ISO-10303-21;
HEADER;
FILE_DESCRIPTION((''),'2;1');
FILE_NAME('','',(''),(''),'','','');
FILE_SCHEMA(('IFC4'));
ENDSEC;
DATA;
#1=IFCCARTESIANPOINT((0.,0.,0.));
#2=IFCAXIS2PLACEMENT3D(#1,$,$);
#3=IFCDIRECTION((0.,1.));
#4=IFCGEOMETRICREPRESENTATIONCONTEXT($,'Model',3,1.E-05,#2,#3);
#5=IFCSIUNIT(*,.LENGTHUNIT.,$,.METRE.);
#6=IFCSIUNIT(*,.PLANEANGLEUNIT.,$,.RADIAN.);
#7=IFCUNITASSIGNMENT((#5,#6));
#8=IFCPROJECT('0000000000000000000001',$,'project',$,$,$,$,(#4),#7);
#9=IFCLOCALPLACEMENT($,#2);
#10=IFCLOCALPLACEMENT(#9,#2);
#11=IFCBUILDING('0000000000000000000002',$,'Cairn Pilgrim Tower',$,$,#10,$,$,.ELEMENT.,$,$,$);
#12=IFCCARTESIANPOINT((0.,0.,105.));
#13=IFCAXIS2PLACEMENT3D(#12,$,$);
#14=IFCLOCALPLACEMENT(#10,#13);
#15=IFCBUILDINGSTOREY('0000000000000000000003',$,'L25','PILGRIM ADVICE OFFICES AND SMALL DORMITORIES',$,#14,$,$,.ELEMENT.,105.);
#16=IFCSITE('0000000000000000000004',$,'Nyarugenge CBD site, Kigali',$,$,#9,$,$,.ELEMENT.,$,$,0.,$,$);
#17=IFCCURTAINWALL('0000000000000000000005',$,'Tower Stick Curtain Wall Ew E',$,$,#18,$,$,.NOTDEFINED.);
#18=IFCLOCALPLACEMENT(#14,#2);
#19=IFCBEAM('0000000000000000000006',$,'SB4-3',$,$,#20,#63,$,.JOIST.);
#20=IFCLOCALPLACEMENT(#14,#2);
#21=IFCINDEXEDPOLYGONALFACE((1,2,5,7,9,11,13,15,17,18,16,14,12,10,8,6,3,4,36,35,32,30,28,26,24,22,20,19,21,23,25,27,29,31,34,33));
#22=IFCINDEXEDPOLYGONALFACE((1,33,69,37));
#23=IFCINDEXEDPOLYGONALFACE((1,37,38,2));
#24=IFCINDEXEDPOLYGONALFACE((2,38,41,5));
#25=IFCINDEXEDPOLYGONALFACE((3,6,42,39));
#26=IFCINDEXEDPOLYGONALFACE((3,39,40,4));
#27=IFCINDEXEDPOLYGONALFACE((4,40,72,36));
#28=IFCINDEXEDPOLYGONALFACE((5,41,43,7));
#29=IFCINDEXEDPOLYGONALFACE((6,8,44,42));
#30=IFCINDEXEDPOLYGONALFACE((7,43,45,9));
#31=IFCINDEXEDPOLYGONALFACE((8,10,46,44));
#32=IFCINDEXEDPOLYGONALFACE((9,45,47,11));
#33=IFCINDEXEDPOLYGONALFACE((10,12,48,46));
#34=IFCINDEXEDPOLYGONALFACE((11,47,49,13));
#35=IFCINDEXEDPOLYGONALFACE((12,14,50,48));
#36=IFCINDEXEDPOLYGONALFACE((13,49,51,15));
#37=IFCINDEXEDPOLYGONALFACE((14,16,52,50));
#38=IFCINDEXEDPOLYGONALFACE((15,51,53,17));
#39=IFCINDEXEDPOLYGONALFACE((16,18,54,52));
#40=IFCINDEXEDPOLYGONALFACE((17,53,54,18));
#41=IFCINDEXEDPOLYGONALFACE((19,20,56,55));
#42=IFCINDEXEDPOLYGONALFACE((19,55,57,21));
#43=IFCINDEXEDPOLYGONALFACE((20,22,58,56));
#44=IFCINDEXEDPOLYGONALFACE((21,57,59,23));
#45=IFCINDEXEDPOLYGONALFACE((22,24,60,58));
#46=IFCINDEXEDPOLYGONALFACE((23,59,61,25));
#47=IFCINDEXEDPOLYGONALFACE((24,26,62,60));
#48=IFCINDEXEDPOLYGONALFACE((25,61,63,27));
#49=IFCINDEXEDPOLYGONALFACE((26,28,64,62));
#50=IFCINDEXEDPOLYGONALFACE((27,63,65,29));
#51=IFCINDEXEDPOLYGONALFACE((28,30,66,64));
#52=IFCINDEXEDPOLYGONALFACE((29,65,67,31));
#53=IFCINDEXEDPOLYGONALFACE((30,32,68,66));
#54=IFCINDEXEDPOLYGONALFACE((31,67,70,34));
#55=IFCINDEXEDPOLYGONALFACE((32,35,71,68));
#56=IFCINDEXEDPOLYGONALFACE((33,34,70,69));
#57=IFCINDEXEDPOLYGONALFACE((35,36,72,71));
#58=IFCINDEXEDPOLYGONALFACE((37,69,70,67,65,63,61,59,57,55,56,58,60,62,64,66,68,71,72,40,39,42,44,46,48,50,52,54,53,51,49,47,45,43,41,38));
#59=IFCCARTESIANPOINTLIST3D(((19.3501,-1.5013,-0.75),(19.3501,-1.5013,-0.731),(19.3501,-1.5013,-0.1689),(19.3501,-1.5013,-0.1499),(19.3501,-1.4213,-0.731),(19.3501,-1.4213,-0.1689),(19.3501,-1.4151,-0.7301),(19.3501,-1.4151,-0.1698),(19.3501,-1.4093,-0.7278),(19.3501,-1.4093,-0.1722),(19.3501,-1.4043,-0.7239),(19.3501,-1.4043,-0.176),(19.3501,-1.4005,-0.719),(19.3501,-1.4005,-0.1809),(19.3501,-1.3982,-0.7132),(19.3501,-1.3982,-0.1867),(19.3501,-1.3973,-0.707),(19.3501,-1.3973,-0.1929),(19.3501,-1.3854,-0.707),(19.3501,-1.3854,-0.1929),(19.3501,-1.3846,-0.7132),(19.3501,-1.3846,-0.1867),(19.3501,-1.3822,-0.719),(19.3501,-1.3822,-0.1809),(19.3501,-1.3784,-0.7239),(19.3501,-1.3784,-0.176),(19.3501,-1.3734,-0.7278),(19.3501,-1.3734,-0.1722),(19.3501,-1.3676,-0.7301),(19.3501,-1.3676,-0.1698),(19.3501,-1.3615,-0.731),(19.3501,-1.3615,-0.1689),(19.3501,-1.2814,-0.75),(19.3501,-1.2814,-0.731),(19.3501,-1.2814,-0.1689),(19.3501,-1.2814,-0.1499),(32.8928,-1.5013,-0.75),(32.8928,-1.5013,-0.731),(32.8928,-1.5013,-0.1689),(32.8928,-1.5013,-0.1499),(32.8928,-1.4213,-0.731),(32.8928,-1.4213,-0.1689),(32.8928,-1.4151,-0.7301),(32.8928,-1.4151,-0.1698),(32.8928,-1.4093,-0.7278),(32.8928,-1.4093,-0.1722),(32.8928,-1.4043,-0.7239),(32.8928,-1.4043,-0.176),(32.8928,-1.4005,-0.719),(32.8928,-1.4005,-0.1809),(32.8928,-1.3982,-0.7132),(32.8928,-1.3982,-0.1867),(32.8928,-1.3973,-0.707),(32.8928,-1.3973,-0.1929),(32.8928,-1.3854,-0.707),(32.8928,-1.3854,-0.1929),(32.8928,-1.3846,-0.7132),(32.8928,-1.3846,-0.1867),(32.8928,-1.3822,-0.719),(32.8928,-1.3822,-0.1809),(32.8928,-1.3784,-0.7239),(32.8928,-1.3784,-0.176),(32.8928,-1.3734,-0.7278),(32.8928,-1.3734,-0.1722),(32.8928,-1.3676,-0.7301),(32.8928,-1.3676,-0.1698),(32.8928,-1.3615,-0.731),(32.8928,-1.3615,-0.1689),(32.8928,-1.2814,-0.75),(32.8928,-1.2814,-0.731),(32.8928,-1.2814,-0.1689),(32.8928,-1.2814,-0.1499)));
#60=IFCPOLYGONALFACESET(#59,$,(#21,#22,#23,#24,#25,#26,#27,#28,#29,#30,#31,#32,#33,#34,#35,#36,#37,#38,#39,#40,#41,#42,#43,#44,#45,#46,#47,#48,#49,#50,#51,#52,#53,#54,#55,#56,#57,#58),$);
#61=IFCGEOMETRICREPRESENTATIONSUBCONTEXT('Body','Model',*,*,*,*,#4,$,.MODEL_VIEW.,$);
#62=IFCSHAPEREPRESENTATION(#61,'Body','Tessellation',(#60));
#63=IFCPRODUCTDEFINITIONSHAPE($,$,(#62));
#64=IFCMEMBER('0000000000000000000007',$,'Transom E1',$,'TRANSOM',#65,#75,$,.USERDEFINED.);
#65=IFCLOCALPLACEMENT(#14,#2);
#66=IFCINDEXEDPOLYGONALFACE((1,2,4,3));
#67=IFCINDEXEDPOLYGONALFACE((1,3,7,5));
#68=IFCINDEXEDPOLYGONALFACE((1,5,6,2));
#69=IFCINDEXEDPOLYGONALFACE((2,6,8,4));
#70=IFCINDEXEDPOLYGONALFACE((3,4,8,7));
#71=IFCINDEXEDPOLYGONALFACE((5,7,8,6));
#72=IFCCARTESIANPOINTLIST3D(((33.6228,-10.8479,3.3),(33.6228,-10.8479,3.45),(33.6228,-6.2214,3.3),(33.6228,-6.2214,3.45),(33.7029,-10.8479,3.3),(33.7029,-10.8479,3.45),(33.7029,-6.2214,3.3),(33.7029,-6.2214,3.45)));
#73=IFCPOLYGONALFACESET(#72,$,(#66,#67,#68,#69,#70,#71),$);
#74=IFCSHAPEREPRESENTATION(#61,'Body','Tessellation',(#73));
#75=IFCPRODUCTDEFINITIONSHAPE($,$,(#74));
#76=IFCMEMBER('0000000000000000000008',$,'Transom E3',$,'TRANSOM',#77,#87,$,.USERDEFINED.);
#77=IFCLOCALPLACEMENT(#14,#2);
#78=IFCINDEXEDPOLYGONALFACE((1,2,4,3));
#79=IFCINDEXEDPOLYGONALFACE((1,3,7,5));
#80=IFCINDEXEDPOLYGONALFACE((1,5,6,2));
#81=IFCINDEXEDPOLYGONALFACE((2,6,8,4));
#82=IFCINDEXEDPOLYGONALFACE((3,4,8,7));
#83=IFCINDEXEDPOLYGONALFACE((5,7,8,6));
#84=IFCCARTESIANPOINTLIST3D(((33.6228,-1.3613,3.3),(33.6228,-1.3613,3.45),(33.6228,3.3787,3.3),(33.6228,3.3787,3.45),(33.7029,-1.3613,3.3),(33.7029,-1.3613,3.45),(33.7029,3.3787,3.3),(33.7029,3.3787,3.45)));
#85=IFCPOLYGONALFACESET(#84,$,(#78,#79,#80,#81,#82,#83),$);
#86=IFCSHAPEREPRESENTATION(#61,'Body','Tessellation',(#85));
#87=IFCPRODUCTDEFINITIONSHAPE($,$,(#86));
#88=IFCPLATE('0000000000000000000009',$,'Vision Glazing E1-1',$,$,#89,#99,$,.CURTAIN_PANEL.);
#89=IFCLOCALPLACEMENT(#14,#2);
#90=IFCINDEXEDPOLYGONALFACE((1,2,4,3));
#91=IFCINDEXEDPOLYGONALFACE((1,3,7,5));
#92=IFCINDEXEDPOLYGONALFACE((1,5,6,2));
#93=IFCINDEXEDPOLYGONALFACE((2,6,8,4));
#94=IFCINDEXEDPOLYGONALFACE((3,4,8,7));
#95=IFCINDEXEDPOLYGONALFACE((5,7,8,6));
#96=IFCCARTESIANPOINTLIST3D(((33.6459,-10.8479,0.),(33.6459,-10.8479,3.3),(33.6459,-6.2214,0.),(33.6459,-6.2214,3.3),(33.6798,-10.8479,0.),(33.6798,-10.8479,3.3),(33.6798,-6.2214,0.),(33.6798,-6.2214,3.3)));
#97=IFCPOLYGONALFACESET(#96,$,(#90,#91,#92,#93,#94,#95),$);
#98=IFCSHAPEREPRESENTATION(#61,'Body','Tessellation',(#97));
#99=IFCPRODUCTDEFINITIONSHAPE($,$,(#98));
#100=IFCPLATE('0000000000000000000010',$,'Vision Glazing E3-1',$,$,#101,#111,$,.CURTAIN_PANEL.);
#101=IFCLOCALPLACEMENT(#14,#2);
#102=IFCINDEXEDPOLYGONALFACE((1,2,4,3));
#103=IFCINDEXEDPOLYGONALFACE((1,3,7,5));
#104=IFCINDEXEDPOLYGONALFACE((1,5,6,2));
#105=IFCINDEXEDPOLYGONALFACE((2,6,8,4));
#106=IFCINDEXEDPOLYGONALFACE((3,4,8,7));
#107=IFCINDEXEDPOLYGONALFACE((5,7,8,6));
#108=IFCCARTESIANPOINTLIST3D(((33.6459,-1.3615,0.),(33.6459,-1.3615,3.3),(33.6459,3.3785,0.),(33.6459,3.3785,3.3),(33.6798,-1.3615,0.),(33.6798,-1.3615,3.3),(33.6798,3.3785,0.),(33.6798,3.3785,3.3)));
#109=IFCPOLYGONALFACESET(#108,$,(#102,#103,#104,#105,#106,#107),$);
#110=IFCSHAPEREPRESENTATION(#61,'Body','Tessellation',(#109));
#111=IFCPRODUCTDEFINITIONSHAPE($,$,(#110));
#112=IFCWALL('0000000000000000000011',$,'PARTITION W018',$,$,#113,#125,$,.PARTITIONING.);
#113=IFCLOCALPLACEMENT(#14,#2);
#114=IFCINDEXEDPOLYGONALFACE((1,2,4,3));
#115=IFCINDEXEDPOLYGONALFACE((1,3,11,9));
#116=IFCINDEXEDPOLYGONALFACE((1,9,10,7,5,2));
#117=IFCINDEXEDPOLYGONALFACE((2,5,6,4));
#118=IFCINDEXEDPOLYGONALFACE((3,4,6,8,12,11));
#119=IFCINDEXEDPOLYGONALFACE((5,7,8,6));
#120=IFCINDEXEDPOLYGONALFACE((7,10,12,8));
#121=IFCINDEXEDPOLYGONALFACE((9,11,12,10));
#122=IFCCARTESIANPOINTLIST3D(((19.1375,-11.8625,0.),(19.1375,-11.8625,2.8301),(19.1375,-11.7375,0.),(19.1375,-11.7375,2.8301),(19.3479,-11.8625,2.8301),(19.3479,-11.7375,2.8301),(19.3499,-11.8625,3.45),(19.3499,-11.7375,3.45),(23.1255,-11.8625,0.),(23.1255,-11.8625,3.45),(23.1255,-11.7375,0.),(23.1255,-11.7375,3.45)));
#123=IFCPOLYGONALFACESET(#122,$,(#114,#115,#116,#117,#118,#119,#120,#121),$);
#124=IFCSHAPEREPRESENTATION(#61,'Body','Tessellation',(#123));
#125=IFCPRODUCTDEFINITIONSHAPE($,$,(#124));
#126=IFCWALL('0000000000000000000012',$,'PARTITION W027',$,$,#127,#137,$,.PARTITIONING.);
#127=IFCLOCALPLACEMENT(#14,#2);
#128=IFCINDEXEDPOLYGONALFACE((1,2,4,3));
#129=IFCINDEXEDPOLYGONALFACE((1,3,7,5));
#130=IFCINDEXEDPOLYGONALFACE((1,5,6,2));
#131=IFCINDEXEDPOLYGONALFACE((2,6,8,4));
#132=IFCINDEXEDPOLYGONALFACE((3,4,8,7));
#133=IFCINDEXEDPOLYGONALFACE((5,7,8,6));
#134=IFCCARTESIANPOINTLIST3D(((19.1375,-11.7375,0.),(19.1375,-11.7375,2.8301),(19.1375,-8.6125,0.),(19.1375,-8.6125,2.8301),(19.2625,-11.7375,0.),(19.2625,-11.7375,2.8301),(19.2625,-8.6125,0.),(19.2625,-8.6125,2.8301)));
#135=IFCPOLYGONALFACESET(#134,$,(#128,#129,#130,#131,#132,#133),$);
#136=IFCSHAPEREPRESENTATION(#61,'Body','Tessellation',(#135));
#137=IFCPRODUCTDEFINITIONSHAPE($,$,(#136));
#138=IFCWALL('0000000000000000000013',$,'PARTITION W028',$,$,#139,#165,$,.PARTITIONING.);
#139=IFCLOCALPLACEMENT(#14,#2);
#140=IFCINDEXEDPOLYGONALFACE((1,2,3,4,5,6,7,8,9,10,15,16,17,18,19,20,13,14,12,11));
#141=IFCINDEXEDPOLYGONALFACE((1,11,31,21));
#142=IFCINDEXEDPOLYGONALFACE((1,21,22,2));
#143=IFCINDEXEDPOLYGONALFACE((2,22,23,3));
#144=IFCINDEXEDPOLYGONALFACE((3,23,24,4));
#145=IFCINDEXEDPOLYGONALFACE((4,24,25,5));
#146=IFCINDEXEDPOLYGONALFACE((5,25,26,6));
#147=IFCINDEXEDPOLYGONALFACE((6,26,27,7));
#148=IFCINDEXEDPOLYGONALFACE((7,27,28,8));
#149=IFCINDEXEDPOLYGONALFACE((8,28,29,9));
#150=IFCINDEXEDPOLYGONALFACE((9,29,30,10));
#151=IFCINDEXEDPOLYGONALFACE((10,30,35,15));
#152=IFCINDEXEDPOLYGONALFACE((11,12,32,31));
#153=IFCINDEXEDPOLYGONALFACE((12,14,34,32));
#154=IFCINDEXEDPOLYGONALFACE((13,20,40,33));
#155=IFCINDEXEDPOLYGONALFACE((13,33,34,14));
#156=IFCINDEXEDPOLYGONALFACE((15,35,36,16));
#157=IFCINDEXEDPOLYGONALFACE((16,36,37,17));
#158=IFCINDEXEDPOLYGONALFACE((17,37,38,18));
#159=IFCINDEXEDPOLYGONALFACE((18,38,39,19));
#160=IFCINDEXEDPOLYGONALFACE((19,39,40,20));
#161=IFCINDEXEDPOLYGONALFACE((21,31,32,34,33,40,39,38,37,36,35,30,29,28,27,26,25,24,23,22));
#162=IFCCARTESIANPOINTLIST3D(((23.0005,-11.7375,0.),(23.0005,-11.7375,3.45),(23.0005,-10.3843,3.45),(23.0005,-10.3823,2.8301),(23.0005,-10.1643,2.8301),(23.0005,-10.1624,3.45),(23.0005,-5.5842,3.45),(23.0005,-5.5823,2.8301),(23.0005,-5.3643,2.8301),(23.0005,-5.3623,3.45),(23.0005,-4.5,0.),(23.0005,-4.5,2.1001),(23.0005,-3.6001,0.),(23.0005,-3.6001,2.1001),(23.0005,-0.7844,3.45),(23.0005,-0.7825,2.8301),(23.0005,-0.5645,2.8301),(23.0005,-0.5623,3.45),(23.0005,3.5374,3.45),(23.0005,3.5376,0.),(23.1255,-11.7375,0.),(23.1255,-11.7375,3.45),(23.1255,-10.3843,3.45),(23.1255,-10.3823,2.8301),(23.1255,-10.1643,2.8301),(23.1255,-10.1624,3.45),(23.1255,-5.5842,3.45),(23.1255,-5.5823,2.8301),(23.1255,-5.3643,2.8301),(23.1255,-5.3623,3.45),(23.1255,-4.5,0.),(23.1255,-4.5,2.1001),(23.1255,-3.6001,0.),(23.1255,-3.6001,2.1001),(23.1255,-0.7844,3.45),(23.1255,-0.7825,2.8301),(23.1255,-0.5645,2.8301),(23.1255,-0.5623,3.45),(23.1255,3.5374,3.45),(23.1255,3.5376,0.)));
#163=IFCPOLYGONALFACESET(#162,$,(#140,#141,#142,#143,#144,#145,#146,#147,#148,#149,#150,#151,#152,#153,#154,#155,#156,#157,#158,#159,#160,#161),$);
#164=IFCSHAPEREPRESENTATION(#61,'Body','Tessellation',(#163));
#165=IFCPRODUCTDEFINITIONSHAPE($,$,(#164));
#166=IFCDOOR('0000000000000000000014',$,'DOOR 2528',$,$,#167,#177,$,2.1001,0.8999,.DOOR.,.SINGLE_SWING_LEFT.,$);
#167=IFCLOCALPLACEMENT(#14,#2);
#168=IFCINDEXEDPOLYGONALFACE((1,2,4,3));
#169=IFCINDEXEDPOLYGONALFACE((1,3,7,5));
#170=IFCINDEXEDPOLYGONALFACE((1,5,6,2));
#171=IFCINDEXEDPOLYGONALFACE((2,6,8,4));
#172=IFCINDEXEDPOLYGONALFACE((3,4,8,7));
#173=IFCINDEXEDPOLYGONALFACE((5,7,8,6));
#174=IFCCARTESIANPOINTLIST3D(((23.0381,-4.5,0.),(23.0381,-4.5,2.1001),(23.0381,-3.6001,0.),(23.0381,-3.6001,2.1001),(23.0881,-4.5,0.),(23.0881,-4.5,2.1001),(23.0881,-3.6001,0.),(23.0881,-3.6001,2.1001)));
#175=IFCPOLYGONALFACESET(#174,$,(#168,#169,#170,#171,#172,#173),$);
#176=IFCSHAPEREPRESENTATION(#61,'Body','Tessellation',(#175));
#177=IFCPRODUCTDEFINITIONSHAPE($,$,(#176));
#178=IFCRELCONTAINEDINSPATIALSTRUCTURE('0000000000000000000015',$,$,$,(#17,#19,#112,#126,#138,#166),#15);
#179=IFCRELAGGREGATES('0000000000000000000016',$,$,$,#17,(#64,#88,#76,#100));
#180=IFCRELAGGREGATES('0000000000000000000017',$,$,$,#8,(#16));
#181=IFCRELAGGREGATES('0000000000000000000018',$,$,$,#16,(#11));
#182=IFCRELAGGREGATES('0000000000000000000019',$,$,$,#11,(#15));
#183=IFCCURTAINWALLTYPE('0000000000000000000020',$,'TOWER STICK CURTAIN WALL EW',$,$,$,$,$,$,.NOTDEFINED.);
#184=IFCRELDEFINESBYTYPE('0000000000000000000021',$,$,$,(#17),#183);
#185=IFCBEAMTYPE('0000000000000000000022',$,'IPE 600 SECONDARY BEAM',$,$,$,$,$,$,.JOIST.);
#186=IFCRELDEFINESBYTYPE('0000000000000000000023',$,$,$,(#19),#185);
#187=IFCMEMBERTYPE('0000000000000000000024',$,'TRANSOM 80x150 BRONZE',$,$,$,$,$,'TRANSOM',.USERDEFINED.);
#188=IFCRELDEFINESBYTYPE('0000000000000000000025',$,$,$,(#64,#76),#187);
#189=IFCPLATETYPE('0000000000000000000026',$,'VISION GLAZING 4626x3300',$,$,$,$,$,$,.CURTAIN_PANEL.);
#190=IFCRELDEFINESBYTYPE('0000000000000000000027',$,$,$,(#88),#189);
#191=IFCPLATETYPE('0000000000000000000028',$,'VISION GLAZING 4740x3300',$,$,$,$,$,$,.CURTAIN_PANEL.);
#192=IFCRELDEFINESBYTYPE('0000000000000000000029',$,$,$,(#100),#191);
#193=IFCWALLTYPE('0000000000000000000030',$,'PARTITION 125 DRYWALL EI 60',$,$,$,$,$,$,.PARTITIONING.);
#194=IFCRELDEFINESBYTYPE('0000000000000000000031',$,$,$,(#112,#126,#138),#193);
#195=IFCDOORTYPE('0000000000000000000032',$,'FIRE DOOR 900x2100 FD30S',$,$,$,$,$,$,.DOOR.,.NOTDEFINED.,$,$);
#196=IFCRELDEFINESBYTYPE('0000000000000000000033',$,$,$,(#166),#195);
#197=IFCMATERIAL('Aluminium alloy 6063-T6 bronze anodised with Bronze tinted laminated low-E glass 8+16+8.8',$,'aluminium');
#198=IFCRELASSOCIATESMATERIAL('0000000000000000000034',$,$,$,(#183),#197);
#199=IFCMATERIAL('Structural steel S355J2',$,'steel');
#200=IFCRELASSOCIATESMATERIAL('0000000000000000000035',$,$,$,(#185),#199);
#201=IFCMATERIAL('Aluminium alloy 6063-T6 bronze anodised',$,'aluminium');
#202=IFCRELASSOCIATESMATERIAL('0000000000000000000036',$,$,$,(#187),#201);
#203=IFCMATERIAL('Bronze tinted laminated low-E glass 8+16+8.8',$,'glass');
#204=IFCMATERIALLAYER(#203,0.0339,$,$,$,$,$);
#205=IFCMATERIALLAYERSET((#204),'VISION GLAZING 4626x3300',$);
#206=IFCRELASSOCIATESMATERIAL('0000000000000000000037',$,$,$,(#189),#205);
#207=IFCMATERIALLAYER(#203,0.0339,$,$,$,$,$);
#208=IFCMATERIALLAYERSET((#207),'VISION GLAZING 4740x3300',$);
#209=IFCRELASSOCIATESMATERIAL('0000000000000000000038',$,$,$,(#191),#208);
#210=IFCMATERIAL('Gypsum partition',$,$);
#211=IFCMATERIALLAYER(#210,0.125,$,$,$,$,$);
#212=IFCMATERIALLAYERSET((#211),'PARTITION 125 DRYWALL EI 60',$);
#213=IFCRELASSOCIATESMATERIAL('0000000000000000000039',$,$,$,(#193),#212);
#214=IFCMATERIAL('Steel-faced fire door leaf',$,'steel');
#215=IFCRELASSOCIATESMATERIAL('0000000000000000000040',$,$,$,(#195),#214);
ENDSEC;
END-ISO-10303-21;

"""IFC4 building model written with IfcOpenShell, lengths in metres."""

from ifc_helpers import new_model, si_unit, direction, frame, frame_2d, origin, origin_2d, place, context, subcontext, project, spatial, polyline, rectangle, i_section, outline, extrude, material, layer, layer_set, material_profile, profile_set, type_object, element, fill, aggregate, save


model = new_model("IFC4")

# Units and contexts
model_context = context("Model", 3, precision=1e-05, world=origin(), true_north=direction((0.0, 1.0)))
body_context = subcontext(model_context, "Body", "Model", "MODEL_VIEW")
ifc_project = project(units=[si_unit("LENGTHUNIT", "METRE"), si_unit("PLANEANGLEUNIT", "RADIAN")], contexts=[model_context])

# Site, building, storey
site_placement = place(None, origin())
site = spatial("IfcSite", under=ifc_project, at=site_placement, Name="Nyarugenge CBD site, Kigali", CompositionType="ELEMENT", RefElevation=0.0)
building_placement = place(site_placement, origin())
building = spatial("IfcBuilding", under=site, at=building_placement, Name="Cairn Pilgrim Tower", CompositionType="ELEMENT")
storey_placement = place(building_placement, frame((0.0, 0.0, 105.0)))
storey = spatial("IfcBuildingStorey", under=building, at=storey_placement, Name="L25", Description="PILGRIM ADVICE OFFICES AND SMALL DORMITORIES", CompositionType="ELEMENT", Elevation=105.0)

# Curtain wall
ifc_material_1 = material(Name="Aluminium alloy 6063-T6 bronze anodised with Bronze tinted laminated low-E glass 8+16+8.8", Category="aluminium")
curtain_wall_type = type_object("IfcCurtainWallType", Name="TOWER STICK CURTAIN WALL EW", PredefinedType="NOTDEFINED", material=ifc_material_1)
curtain_wall_placement = place(storey_placement, origin())
curtain_wall = element("IfcCurtainWall", 1, at=curtain_wall_placement, inside=storey, type_object=curtain_wall_type, Name="Tower Stick Curtain Wall Ew E", PredefinedType="NOTDEFINED")
ifc_material_2 = material(Name="Aluminium alloy 6063-T6 bronze anodised", Category="aluminium")

# Beam
ifc_material_3 = material(Name="Structural steel S355J2", Category="steel")
ifc_material_profile_1 = material_profile(ifc_material_3, i_section(OverallWidth=0.22, OverallDepth=0.6001, WebThickness=0.012, FlangeThickness=0.019, FilletRadius=0.0239, at=origin_2d()), Name="IPE 600")
ifc_profile_set_1 = profile_set([ifc_material_profile_1], Name="Structural steel S355J2")
beam_type_1 = type_object("IfcBeamType", Name="IPE 600 SECONDARY BEAM", PredefinedType="JOIST", material=ifc_profile_set_1)
for number, where, z_axis, x_axis, name in (
    (2, (19.3501, -1.3914, -0.45), (1.0, 0.0, 0.0), (0.0, 1.0, 0.0), "SB4-3"),
):
    element("IfcBeam", number, at=place(storey_placement, frame(where, z_axis=z_axis, x_axis=x_axis)), inside=storey, type_object=beam_type_1, Name=name, PredefinedType="JOIST", context=body_context, shape_type="SweptSolid", body=[
        extrude(i_section(OverallWidth=0.22, OverallDepth=0.6001, WebThickness=0.012, FlangeThickness=0.019, FilletRadius=0.0239, at=origin_2d()), origin(), (0.0, 0.0, 1.0), 13.5427),
    ])

# Members
ifc_material_profile_2 = material_profile(ifc_material_2, rectangle(XDim=0.0801, YDim=0.1499, at=origin_2d()), Name="TRANSOM 80x150 BRONZE")
ifc_profile_set_2 = profile_set([ifc_material_profile_2], Name="Aluminium alloy 6063-T6 bronze anodised")
member_type_1 = type_object("IfcMemberType", Name="TRANSOM 80x150 BRONZE", ElementType="TRANSOM", PredefinedType="USERDEFINED", material=ifc_profile_set_2)
member_1_placement = place(storey_placement, frame((33.6628, -10.8479, 3.375), z_axis=(0.0, 1.0, 0.0), x_axis=(-1.0, 0.0, 0.0)))
member_1 = element("IfcMember", 3, at=member_1_placement, type_object=member_type_1, Name="Transom E1", ObjectType="TRANSOM", PredefinedType="USERDEFINED", context=body_context, shape_type="SweptSolid", body=[
    extrude(rectangle(XDim=0.0801, YDim=0.1499, at=origin_2d()), origin(), (0.0, 0.0, 1.0), 4.6265),
])
member_2_placement = place(storey_placement, frame((33.6628, -1.3613, 3.375), z_axis=(0.0, 1.0, 0.0), x_axis=(-1.0, 0.0, 0.0)))
member_2 = element("IfcMember", 4, at=member_2_placement, type_object=member_type_1, Name="Transom E3", ObjectType="TRANSOM", PredefinedType="USERDEFINED", context=body_context, shape_type="SweptSolid", body=[
    extrude(rectangle(XDim=0.0801, YDim=0.1499, at=origin_2d()), origin(), (0.0, 0.0, 1.0), 4.74),
])

# Plates
ifc_material_4 = material(Name="Bronze tinted laminated low-E glass 8+16+8.8", Category="glass")
ifc_layer_1 = layer(ifc_material_4, 0.0339)
ifc_layer_set_1 = layer_set([ifc_layer_1], Name="VISION GLAZING 4626x3300")
plate_type_1 = type_object("IfcPlateType", Name="VISION GLAZING 4626x3300", PredefinedType="CURTAIN_PANEL", material=ifc_layer_set_1)
plate_1_placement = place(storey_placement, frame((33.6628, -8.5347, 0.0), z_axis=(0.0, 0.0, 1.0), x_axis=(0.0, 1.0, 0.0)))
plate_1 = element("IfcPlate", 5, at=plate_1_placement, type_object=plate_type_1, Name="Vision Glazing E1-1", PredefinedType="CURTAIN_PANEL", context=body_context, shape_type="SweptSolid", body=[
    extrude(rectangle(XDim=4.6265, YDim=0.0339, at=origin_2d()), origin(), (0.0, 0.0, 1.0), 3.3),
])
ifc_layer_2 = layer(ifc_material_4, 0.0339)
ifc_layer_set_2 = layer_set([ifc_layer_2], Name="VISION GLAZING 4740x3300")
plate_type_2 = type_object("IfcPlateType", Name="VISION GLAZING 4740x3300", PredefinedType="CURTAIN_PANEL", material=ifc_layer_set_2)
plate_2_placement = place(storey_placement, frame((33.6628, 1.0085, 0.0), z_axis=(0.0, 0.0, 1.0), x_axis=(0.0, 1.0, 0.0)))
plate_2 = element("IfcPlate", 6, at=plate_2_placement, type_object=plate_type_2, Name="Vision Glazing E3-1", PredefinedType="CURTAIN_PANEL", context=body_context, shape_type="SweptSolid", body=[
    extrude(rectangle(XDim=4.74, YDim=0.0339, at=origin_2d()), origin(), (0.0, 0.0, 1.0), 3.3),
])
aggregate(curtain_wall, [member_1, plate_1, member_2, plate_2])

# Walls
ifc_material_5 = material(Name="Gypsum partition")
ifc_layer_3 = layer(ifc_material_5, 0.125)
ifc_layer_set_3 = layer_set([ifc_layer_3], Name="PARTITION 125 DRYWALL EI 60")
wall_type_1 = type_object("IfcWallType", Name="PARTITION 125 DRYWALL EI 60", PredefinedType="PARTITIONING", material=ifc_layer_set_3)
wall_1_placement = place(storey_placement, frame((19.1375, -11.8, 0.0), z_axis=(0.0, 0.0, 1.0), x_axis=(1.0, 0.0, 0.0)))
element("IfcWall", 7, at=wall_1_placement, inside=storey, type_object=wall_type_1, Name="PARTITION W018", PredefinedType="PARTITIONING", context=body_context, shape_type="SweptSolid", body=[
    extrude(outline(polyline([(0.0, 0.0), (3.988, 0.0), (3.988, 3.45), (0.2124, 3.45), (0.2104, 2.8301), (0.0, 2.8301), (0.0, 0.0)])), frame((0.0, 0.0625, 0.0), z_axis=(0.0, -1.0, 0.0), x_axis=(1.0, 0.0, 0.0)), (0.0, 0.0, 1.0), 0.125),
])
wall_2_placement = place(storey_placement, frame((19.2, -11.7375, 0.0), z_axis=(0.0, 0.0, 1.0), x_axis=(0.0, 1.0, 0.0)))
element("IfcWall", 8, at=wall_2_placement, inside=storey, type_object=wall_type_1, Name="PARTITION W027", PredefinedType="PARTITIONING", context=body_context, shape_type="SweptSolid", body=[
    extrude(rectangle(XDim=3.125, YDim=0.125, at=frame_2d((1.5625, 0.0))), origin(), (0.0, 0.0, 1.0), 2.8301),
])

# Wall, opening, door
wall_3_placement = place(storey_placement, frame((23.063, -11.7375, 0.0), z_axis=(0.0, 0.0, 1.0), x_axis=(0.0, 1.0, 0.0)))
wall_3 = element("IfcWall", 9, at=wall_3_placement, inside=storey, type_object=wall_type_1, Name="PARTITION W028", PredefinedType="PARTITIONING", context=body_context, shape_type="SweptSolid", body=[
    extrude(outline(polyline([(0.0, 0.0), (15.2751, 0.0), (15.2749, 3.45), (11.1753, 3.45), (11.1731, 2.8301), (10.9551, 2.8301), (10.9531, 3.45), (6.3752, 3.45), (6.3733, 2.8301), (6.1553, 2.8301), (6.1533, 3.45), (1.5752, 3.45), (1.5732, 2.8301), (1.3552, 2.8301), (1.3533, 3.45), (0.0, 3.45), (0.0, 0.0)])), frame((0.0, 0.0625, 0.0), z_axis=(0.0, -1.0, 0.0), x_axis=(1.0, 0.0, 0.0)), (0.0, 0.0, 1.0), 0.125),
])
opening_1_placement = place(wall_3_placement, frame((7.2375, 0.0, 0.0)))
opening_1 = element("IfcOpeningElement", 10, at=opening_1_placement, cuts=wall_3, PredefinedType="OPENING", context=body_context, shape_type="SweptSolid", body=[
    extrude(rectangle(XDim=0.8999, YDim=2.1001, at=frame_2d((0.45, 1.05))), frame((0.0, 0.0725, 0.0), z_axis=(0.0, -1.0, 0.0), x_axis=(1.0, 0.0, 0.0)), (0.0, 0.0, 1.0), 0.145),
])
ifc_material_6 = material(Name="Steel-faced fire door leaf", Category="steel")
door_type_1 = type_object("IfcDoorType", Name="FIRE DOOR 900x2100 FD30S", OperationType="NOTDEFINED", PredefinedType="DOOR", material=ifc_material_6)
door_1_placement = place(opening_1_placement, origin())
door_1 = element("IfcDoor", 11, at=door_1_placement, inside=storey, type_object=door_type_1, Name="DOOR 2528", OperationType="SINGLE_SWING_LEFT", OverallHeight=2.1001, OverallWidth=0.8999, PredefinedType="DOOR", context=body_context, shape_type="SweptSolid", body=[
    extrude(rectangle(XDim=0.8999, YDim=2.1001, at=frame_2d((0.45, 1.05))), frame((0.0, 0.0249, 0.0), z_axis=(0.0, -1.0, 0.0), x_axis=(1.0, 0.0, 0.0)), (0.0, 0.0, 1.0), 0.05),
])
fill(opening_1, door_1)

save(model, "model.ifc")
